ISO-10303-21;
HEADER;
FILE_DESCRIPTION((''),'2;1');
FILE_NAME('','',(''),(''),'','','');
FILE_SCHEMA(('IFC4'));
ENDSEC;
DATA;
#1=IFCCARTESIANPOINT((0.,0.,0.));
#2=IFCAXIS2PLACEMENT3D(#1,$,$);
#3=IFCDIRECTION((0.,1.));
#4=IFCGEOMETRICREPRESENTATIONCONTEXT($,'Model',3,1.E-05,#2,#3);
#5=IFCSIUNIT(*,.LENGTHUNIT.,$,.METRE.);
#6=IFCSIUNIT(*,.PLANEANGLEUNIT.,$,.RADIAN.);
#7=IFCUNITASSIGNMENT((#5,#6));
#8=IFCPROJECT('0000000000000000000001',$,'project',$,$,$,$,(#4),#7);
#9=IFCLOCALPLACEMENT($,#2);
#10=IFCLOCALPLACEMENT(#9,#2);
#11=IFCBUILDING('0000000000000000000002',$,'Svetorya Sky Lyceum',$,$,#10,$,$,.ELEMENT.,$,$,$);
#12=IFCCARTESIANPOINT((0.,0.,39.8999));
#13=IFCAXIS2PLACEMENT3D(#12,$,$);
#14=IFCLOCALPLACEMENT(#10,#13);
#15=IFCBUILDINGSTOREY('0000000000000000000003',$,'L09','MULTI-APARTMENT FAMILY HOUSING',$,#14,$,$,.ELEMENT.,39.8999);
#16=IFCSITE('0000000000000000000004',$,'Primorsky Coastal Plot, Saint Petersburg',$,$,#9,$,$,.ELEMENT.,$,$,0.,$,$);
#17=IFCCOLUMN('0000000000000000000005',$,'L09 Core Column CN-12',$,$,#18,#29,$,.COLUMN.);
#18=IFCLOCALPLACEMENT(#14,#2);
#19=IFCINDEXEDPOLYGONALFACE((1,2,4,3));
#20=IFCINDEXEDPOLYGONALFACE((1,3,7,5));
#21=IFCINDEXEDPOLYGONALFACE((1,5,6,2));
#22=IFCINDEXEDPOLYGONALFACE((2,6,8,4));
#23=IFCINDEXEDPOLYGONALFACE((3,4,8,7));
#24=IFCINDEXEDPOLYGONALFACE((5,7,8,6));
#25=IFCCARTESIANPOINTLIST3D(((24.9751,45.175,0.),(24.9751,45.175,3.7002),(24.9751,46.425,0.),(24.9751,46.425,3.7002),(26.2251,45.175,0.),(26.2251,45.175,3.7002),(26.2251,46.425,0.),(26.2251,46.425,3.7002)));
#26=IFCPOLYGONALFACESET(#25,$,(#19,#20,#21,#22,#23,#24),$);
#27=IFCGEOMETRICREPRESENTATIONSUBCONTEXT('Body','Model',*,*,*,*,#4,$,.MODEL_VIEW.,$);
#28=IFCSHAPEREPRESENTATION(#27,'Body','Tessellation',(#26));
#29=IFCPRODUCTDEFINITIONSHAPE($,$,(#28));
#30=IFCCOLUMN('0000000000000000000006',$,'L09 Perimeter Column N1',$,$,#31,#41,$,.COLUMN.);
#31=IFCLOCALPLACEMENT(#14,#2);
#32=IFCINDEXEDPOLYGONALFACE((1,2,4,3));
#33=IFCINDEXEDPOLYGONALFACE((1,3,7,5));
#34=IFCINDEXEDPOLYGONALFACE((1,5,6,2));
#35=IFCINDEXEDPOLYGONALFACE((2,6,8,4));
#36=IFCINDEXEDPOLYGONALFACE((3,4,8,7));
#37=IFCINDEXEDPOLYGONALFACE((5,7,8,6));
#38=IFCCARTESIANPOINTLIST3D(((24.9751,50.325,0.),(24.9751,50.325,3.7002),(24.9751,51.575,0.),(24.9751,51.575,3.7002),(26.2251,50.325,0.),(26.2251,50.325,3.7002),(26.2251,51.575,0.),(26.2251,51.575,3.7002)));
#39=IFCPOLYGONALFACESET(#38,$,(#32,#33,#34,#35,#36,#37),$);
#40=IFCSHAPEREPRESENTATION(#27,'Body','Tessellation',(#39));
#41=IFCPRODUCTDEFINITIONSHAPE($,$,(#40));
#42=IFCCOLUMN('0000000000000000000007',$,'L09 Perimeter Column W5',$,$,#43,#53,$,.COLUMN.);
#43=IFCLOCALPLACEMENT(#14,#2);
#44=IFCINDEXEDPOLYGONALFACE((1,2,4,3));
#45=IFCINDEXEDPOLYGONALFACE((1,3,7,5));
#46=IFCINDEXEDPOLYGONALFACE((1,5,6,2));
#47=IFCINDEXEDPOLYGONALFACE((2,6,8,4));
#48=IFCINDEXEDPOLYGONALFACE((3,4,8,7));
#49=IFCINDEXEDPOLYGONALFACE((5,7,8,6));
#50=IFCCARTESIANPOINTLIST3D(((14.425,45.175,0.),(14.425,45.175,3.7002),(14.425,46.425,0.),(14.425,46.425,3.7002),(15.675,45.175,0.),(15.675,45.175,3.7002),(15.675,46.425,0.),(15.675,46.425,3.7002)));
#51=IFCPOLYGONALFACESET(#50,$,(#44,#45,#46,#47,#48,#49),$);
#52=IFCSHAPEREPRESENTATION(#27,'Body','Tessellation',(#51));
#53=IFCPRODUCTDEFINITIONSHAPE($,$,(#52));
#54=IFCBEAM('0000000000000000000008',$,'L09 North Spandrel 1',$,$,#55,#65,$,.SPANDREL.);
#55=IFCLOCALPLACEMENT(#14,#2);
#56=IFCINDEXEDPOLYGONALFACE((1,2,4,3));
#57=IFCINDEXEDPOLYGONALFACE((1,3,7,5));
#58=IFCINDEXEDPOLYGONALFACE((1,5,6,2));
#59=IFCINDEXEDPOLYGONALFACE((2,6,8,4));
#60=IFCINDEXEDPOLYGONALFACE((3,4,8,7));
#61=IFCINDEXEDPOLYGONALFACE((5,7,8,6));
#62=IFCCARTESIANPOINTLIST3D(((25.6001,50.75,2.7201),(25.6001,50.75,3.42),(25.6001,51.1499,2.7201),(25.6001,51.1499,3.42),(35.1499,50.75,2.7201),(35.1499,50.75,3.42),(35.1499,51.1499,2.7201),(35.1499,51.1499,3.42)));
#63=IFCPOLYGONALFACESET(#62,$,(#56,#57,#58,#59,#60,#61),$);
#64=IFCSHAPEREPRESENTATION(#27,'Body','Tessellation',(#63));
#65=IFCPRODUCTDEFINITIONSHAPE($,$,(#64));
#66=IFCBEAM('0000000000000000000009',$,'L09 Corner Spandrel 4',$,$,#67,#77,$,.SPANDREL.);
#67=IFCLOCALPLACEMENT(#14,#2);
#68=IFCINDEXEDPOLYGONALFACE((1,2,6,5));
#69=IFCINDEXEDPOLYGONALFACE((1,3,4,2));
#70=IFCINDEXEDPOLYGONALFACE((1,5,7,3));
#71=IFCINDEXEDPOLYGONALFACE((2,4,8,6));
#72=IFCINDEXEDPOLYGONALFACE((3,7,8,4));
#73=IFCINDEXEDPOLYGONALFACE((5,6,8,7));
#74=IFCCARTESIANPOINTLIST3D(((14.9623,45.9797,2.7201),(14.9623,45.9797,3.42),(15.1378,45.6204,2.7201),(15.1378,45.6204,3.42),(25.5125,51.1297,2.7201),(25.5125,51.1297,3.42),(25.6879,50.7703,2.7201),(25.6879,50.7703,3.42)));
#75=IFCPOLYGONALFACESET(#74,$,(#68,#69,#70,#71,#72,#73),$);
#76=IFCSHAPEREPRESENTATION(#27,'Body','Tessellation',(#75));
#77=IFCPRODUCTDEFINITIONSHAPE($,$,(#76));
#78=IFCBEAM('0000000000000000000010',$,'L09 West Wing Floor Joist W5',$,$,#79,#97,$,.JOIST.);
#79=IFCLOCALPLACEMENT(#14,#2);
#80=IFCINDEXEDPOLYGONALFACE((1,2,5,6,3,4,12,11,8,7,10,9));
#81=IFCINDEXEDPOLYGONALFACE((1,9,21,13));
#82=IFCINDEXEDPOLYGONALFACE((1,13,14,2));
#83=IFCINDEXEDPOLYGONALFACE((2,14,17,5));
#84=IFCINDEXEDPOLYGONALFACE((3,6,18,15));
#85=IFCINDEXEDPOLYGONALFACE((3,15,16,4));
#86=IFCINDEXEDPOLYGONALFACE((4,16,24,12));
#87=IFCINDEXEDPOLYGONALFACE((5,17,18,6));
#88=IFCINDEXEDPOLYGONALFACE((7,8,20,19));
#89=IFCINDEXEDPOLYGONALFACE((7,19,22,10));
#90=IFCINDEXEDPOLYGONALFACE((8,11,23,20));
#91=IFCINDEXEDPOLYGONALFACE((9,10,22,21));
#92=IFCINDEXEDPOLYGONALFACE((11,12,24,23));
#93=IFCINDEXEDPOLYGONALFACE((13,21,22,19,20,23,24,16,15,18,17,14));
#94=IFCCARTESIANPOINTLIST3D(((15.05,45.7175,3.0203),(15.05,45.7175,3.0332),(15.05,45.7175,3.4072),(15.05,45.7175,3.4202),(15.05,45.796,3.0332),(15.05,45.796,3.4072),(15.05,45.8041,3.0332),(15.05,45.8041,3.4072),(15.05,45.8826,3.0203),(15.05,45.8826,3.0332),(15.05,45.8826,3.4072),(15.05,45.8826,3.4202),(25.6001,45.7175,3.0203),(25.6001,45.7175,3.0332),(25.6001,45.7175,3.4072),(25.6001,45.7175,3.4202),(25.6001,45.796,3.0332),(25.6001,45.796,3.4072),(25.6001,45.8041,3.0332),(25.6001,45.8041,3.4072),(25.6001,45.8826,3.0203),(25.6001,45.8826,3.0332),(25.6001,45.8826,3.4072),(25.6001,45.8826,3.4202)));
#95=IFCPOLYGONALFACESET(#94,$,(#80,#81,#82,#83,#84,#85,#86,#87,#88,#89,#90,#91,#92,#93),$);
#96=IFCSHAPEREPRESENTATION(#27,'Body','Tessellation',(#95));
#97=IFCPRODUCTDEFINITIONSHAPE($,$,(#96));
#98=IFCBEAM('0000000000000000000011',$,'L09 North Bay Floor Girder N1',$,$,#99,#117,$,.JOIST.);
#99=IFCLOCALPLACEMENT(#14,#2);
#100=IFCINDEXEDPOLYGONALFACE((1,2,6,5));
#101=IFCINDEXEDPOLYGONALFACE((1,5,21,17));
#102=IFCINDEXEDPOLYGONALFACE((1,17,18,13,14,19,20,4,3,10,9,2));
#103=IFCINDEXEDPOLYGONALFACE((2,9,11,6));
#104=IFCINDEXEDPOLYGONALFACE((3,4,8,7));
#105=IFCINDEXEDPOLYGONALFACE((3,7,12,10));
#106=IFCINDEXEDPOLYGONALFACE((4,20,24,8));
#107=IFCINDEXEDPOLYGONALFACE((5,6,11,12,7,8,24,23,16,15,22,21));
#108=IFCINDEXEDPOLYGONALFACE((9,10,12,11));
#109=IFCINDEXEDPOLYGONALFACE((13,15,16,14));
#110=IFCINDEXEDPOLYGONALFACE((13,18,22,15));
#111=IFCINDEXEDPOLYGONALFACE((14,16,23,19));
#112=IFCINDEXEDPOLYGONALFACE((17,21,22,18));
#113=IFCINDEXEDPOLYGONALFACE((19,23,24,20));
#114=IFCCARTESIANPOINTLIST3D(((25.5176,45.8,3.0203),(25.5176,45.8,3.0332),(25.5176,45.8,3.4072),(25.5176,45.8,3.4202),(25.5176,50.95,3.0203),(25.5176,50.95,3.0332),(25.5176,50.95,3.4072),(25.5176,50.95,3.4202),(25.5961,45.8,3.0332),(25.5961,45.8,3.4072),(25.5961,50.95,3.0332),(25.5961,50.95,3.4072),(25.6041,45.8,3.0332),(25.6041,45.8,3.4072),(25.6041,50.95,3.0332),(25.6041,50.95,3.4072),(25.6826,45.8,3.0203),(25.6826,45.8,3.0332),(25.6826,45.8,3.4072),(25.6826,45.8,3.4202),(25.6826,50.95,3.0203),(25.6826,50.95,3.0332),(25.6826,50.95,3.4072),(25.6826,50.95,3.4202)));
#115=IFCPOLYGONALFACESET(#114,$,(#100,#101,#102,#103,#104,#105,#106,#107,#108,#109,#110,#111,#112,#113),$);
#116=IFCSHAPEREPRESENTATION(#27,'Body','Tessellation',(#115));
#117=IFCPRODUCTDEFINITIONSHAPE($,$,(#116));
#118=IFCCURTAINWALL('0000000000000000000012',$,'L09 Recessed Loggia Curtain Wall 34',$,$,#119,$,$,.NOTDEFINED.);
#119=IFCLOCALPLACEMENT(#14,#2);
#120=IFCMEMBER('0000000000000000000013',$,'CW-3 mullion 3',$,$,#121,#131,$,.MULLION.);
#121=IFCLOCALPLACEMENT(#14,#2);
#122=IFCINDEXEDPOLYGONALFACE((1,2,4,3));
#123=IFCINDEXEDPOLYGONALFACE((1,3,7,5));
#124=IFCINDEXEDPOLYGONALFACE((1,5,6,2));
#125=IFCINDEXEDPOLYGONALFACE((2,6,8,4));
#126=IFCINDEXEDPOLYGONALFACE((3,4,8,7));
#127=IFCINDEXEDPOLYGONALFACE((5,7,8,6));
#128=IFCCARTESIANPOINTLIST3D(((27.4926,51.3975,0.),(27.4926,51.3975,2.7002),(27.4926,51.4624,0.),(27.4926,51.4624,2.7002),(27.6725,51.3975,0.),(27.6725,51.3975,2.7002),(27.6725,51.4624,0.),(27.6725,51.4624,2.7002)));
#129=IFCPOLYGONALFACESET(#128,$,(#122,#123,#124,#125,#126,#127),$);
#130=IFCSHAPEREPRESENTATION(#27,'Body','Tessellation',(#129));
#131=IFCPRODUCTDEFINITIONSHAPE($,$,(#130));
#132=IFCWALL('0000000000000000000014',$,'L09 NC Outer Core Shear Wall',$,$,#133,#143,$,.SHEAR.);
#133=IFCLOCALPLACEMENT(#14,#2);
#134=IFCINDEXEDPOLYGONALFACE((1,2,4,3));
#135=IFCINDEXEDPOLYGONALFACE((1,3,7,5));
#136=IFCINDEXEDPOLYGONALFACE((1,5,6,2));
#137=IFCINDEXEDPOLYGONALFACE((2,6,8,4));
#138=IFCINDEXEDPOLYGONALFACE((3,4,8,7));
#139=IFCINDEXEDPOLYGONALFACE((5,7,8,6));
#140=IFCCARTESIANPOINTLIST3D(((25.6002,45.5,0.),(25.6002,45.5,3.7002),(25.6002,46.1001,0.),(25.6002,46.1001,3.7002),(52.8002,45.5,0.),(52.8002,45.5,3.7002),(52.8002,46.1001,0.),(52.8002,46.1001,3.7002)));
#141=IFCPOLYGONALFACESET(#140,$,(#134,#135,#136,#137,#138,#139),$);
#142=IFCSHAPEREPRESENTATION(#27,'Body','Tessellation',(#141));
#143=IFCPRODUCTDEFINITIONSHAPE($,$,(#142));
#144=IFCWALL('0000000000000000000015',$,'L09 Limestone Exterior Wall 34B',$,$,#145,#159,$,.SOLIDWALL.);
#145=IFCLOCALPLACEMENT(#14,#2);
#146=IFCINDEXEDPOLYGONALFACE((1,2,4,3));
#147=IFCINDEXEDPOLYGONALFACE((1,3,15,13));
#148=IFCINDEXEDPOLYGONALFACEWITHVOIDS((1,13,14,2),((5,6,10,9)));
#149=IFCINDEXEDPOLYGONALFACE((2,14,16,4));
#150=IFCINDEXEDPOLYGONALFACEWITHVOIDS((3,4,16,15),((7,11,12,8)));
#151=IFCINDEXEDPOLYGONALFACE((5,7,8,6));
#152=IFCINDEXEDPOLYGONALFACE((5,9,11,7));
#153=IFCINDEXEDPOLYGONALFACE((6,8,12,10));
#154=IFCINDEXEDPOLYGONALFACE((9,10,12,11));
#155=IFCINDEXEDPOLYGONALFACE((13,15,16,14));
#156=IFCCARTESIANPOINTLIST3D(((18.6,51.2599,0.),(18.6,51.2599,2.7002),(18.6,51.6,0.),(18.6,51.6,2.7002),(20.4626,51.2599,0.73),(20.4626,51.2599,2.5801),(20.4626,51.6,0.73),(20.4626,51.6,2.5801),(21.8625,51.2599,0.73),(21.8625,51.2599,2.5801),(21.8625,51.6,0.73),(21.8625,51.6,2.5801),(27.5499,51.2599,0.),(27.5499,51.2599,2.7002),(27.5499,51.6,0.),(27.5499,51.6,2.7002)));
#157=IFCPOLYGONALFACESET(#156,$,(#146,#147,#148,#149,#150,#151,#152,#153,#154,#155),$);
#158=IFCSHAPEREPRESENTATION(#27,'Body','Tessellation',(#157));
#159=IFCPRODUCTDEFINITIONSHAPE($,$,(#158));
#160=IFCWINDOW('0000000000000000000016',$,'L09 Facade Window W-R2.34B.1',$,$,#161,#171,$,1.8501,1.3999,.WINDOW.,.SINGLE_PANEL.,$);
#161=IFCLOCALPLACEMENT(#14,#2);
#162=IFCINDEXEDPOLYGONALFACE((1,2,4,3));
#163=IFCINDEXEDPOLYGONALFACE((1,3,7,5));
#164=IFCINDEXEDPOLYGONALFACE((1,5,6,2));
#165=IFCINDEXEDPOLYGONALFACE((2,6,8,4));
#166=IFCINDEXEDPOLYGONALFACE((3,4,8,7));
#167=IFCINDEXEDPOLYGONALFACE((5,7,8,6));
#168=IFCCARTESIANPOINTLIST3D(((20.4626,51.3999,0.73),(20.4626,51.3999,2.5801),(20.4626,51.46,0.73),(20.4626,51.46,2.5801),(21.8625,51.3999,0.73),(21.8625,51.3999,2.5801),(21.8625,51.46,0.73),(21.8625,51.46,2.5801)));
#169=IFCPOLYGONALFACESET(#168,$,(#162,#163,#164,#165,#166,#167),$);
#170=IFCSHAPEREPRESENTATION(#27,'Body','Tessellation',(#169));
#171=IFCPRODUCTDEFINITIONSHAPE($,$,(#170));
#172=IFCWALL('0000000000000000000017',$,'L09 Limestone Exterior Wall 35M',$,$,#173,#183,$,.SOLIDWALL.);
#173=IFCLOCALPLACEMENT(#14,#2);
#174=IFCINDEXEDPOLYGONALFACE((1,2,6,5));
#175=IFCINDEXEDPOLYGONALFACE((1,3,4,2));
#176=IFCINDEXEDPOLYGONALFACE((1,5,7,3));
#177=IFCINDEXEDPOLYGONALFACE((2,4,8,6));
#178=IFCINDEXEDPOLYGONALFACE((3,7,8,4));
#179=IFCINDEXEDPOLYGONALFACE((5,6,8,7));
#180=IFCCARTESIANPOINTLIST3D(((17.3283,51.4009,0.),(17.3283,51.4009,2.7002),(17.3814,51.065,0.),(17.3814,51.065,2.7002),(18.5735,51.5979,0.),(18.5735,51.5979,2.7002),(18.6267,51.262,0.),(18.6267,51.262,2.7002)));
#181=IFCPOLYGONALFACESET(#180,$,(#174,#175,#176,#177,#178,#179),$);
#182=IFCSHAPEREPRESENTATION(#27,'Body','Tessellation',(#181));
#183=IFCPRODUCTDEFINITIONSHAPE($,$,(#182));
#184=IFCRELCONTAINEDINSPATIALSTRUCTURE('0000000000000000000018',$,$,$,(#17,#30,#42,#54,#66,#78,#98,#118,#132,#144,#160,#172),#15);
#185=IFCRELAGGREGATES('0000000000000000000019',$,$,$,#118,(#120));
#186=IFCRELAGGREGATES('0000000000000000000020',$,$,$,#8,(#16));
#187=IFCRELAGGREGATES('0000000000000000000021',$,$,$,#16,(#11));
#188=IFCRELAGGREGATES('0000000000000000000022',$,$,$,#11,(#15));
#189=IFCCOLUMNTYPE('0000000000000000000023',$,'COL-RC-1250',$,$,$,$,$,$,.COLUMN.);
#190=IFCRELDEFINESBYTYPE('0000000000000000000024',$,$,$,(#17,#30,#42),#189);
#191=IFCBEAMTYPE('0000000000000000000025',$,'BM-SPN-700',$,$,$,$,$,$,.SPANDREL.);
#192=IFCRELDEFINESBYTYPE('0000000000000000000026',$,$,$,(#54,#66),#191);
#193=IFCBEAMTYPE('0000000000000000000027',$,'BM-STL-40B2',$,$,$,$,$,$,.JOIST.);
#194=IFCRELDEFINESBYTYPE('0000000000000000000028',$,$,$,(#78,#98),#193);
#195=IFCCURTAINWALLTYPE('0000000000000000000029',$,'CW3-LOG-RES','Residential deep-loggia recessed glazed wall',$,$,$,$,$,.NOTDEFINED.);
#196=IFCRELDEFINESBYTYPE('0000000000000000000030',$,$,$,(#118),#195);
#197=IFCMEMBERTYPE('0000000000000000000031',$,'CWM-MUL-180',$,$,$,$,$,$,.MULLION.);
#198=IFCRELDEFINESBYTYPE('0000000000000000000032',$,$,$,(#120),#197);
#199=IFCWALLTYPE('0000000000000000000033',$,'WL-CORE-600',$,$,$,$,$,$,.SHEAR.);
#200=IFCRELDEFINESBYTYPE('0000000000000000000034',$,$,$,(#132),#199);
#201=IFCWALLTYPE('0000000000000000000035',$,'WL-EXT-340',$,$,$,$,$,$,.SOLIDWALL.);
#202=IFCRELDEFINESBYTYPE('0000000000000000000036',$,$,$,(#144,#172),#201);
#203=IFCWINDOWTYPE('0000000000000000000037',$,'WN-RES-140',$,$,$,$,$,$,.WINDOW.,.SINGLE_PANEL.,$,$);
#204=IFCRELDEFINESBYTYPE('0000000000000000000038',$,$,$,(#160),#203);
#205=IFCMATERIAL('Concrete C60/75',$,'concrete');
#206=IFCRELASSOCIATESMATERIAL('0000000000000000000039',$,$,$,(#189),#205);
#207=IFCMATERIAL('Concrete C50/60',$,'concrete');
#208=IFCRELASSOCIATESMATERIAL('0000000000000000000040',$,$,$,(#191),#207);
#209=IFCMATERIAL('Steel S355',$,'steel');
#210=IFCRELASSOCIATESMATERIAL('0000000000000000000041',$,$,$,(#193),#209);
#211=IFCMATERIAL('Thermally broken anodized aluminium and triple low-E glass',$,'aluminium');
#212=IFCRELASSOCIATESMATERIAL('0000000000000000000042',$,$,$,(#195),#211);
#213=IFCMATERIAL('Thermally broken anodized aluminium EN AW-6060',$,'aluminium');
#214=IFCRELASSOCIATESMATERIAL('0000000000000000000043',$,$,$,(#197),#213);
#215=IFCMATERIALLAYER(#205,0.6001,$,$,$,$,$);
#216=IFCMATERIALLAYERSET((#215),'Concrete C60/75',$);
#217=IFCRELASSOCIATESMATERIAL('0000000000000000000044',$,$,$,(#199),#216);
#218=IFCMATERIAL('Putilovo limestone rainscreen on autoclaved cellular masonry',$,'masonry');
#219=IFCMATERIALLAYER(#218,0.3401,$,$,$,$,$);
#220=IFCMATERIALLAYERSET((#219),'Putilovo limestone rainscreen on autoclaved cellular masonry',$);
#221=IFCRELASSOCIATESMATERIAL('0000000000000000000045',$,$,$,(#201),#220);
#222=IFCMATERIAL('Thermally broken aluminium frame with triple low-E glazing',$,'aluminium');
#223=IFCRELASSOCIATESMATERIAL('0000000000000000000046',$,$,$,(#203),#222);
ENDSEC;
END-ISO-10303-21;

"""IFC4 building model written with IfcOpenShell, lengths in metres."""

from ifc_helpers import new_model, si_unit, direction, frame, frame_2d, origin, origin_2d, place, context, subcontext, project, spatial, rectangle, i_section, extrude, material, layer, layer_set, material_profile, profile_set, type_object, element, fill, aggregate, save


model = new_model("IFC4")

# Units and contexts
model_context = context("Model", 3, precision=1e-05, world=origin(), true_north=direction((0.0, 1.0)))
body_context = subcontext(model_context, "Body", "Model", "MODEL_VIEW")
ifc_project = project(units=[si_unit("LENGTHUNIT", "METRE"), si_unit("PLANEANGLEUNIT", "RADIAN")], contexts=[model_context])

# Site, building, storey
site_placement = place(None, origin())
site = spatial("IfcSite", under=ifc_project, at=site_placement, Name="Primorsky Coastal Plot, Saint Petersburg", CompositionType="ELEMENT", RefElevation=0.0)
building_placement = place(site_placement, origin())
building = spatial("IfcBuilding", under=site, at=building_placement, Name="Svetorya Sky Lyceum", CompositionType="ELEMENT")
storey_placement = place(building_placement, frame((0.0, 0.0, 39.8999)))
storey = spatial("IfcBuildingStorey", under=building, at=storey_placement, Name="L09", Description="MULTI-APARTMENT FAMILY HOUSING", CompositionType="ELEMENT", Elevation=39.8999)

# Columns
ifc_material_1 = material(Name="Concrete C60/75", Category="concrete")
ifc_material_profile_1 = material_profile(ifc_material_1, rectangle(XDim=1.25, YDim=1.25, at=origin_2d()), Name="RC COL 1250x1250")
ifc_profile_set_1 = profile_set([ifc_material_profile_1], Name="Concrete C60/75")
column_type = type_object("IfcColumnType", Name="COL-RC-1250", PredefinedType="COLUMN", material=ifc_profile_set_1)
for number, where, z_axis, x_axis, name in (
    (1, (25.6001, 45.8, 0.0), (0.0, 0.0, 1.0), (1.0, 0.0, 0.0), "L09 Core Column CN-12"),
    (2, (25.6001, 50.95, 0.0), (0.0, 0.0, 1.0), (1.0, 0.0, 0.0), "L09 Perimeter Column N1"),
    (3, (15.05, 45.8, 0.0), (0.0, 0.0, 1.0), (1.0, 0.0, 0.0), "L09 Perimeter Column W5"),
):
    element("IfcColumn", number, at=place(storey_placement, frame(where, z_axis=z_axis, x_axis=x_axis)), inside=storey, type_object=column_type, Name=name, PredefinedType="COLUMN", context=body_context, shape_type="SweptSolid", body=[
        extrude(rectangle(XDim=1.25, YDim=1.25, at=origin_2d()), origin(), (0.0, 0.0, 1.0), 3.7002),
    ])

# Beams
ifc_material_2 = material(Name="Concrete C50/60", Category="concrete")
ifc_material_profile_2 = material_profile(ifc_material_2, rectangle(XDim=0.3999, YDim=0.7, at=origin_2d()), Name="RC SPANDREL 400x700")
ifc_profile_set_2 = profile_set([ifc_material_profile_2], Name="Concrete C50/60")
beam_type_1 = type_object("IfcBeamType", Name="BM-SPN-700", PredefinedType="SPANDREL", material=ifc_profile_set_2)
beam_1_placement = place(storey_placement, frame((25.6001, 50.95, 3.0701), z_axis=(1.0, 0.0, 0.0), x_axis=(0.0, 1.0, 0.0)))
element("IfcBeam", 4, at=beam_1_placement, inside=storey, type_object=beam_type_1, Name="L09 North Spandrel 1", PredefinedType="SPANDREL", context=body_context, shape_type="SweptSolid", body=[
    extrude(rectangle(XDim=0.3999, YDim=0.7, at=origin_2d()), origin(), (0.0, 0.0, 1.0), 9.5498),
])
beam_2_placement = place(storey_placement, frame((15.05, 45.8, 3.0701), z_axis=(0.89865, 0.438667, 0.0), x_axis=(-0.438667, 0.89865, 0.0)))
element("IfcBeam", 5, at=beam_2_placement, inside=storey, type_object=beam_type_1, Name="L09 Corner Spandrel 4", PredefinedType="SPANDREL", context=body_context, shape_type="SweptSolid", body=[
    extrude(rectangle(XDim=0.3999, YDim=0.7, at=origin_2d()), origin(), (0.0, 0.0, 1.0), 11.74),
])
ifc_material_3 = material(Name="Steel S355", Category="steel")
ifc_material_profile_3 = material_profile(ifc_material_3, i_section(OverallWidth=0.165, OverallDepth=0.3999, WebThickness=0.0081, FlangeThickness=0.0129, at=origin_2d()), Name="GOST 40B2")
ifc_profile_set_3 = profile_set([ifc_material_profile_3], Name="Steel S355")
beam_type_2 = type_object("IfcBeamType", Name="BM-STL-40B2", PredefinedType="JOIST", material=ifc_profile_set_3)
beam_3_placement = place(storey_placement, frame((15.05, 45.8, 3.2202), z_axis=(1.0, 0.0, 0.0), x_axis=(0.0, 1.0, 0.0)))
element("IfcBeam", 6, at=beam_3_placement, inside=storey, type_object=beam_type_2, Name="L09 West Wing Floor Joist W5", PredefinedType="JOIST", context=body_context, shape_type="SweptSolid", body=[
    extrude(i_section(OverallWidth=0.165, OverallDepth=0.3999, WebThickness=0.0081, FlangeThickness=0.0129, at=origin_2d()), origin(), (0.0, 0.0, 1.0), 10.55),
])
beam_4_placement = place(storey_placement, frame((25.6001, 45.8, 3.2202), z_axis=(0.0, 1.0, 0.0), x_axis=(-1.0, 0.0, 0.0)))
element("IfcBeam", 7, at=beam_4_placement, inside=storey, type_object=beam_type_2, Name="L09 North Bay Floor Girder N1", PredefinedType="JOIST", context=body_context, shape_type="SweptSolid", body=[
    extrude(i_section(OverallWidth=0.165, OverallDepth=0.3999, WebThickness=0.0081, FlangeThickness=0.0129, at=origin_2d()), origin(), (0.0, 0.0, 1.0), 5.1499),
])

# Curtain wall, member
ifc_material_4 = material(Name="Thermally broken anodized aluminium and triple low-E glass", Category="aluminium")
curtain_wall_type = type_object("IfcCurtainWallType", Name="CW3-LOG-RES", Description="Residential deep-loggia recessed glazed wall", PredefinedType="NOTDEFINED", material=ifc_material_4)
curtain_wall_placement = place(storey_placement, origin())
curtain_wall = element("IfcCurtainWall", 8, at=curtain_wall_placement, inside=storey, type_object=curtain_wall_type, Name="L09 Recessed Loggia Curtain Wall 34", PredefinedType="NOTDEFINED")
ifc_material_5 = material(Name="Thermally broken anodized aluminium EN AW-6060", Category="aluminium")
ifc_material_profile_4 = material_profile(ifc_material_5, rectangle(XDim=0.0649, YDim=0.1799, at=origin_2d()), Name="ALU MULLION 65x180")
ifc_profile_set_4 = profile_set([ifc_material_profile_4], Name="Thermally broken anodized aluminium EN AW-6060")
member_type = type_object("IfcMemberType", Name="CWM-MUL-180", PredefinedType="MULLION", material=ifc_profile_set_4)
member_placement = place(storey_placement, frame((27.5825, 51.4299, 0.0), z_axis=(0.0, 0.0, 1.0), x_axis=(0.0, -1.0, 0.0)))
member = element("IfcMember", 9, at=member_placement, type_object=member_type, Name="CW-3 mullion 3", PredefinedType="MULLION", context=body_context, shape_type="SweptSolid", body=[
    extrude(rectangle(XDim=0.0649, YDim=0.1799, at=origin_2d()), origin(), (0.0, 0.0, 1.0), 2.7002),
])
aggregate(curtain_wall, [member])

# Wall
ifc_layer_1 = layer(ifc_material_1, 0.6001)
ifc_layer_set_1 = layer_set([ifc_layer_1], Name="Concrete C60/75")
wall_type_1 = type_object("IfcWallType", Name="WL-CORE-600", PredefinedType="SHEAR", material=ifc_layer_set_1)
wall_1_placement = place(storey_placement, frame((25.6001, 45.8, 0.0), z_axis=(0.0, 0.0, 1.0), x_axis=(1.0, 0.0, 0.0)))
element("IfcWall", 10, at=wall_1_placement, inside=storey, type_object=wall_type_1, Name="L09 NC Outer Core Shear Wall", PredefinedType="SHEAR", context=body_context, shape_type="SweptSolid", body=[
    extrude(rectangle(XDim=27.2, YDim=0.6001, at=frame_2d((13.6001, 0.0))), origin(), (0.0, 0.0, 1.0), 3.7002),
])

# Wall, opening, window
ifc_material_6 = material(Name="Putilovo limestone rainscreen on autoclaved cellular masonry", Category="masonry")
ifc_layer_2 = layer(ifc_material_6, 0.3401)
ifc_layer_set_2 = layer_set([ifc_layer_2], Name="Putilovo limestone rainscreen on autoclaved cellular masonry")
wall_type_2 = type_object("IfcWallType", Name="WL-EXT-340", PredefinedType="SOLIDWALL", material=ifc_layer_set_2)
wall_2_placement = place(storey_placement, frame((27.55, 51.4299, 0.0), z_axis=(0.0, 0.0, 1.0), x_axis=(-1.0, 0.0, 0.0)))
wall_2 = element("IfcWall", 11, at=wall_2_placement, inside=storey, type_object=wall_type_2, Name="L09 Limestone Exterior Wall 34B", PredefinedType="SOLIDWALL", context=body_context, shape_type="SweptSolid", body=[
    extrude(rectangle(XDim=8.95, YDim=0.3401, at=frame_2d((4.4751, 0.0))), origin(), (0.0, 0.0, 1.0), 2.7002),
])
opening_1_placement = place(wall_2_placement, frame((5.6875, 0.0, 0.73)))
opening_1 = element("IfcOpeningElement", 12, at=opening_1_placement, cuts=wall_2, PredefinedType="OPENING", context=body_context, shape_type="SweptSolid", body=[
    extrude(rectangle(XDim=1.3999, YDim=1.8501, at=frame_2d((0.7, 0.925))), frame((0.0, 0.1799, 0.0), z_axis=(0.0, -1.0, 0.0), x_axis=(1.0, 0.0, 0.0)), (0.0, 0.0, 1.0), 0.3601),
])
ifc_material_7 = material(Name="Thermally broken aluminium frame with triple low-E glazing", Category="aluminium")
window_type_1 = type_object("IfcWindowType", Name="WN-RES-140", PartitioningType="SINGLE_PANEL", PredefinedType="WINDOW", material=ifc_material_7)
window_1_placement = place(opening_1_placement, origin())
window_1 = element("IfcWindow", 13, at=window_1_placement, inside=storey, type_object=window_type_1, Name="L09 Facade Window W-R2.34B.1", OverallHeight=1.8501, OverallWidth=1.3999, PartitioningType="SINGLE_PANEL", PredefinedType="WINDOW", context=body_context, shape_type="SweptSolid", body=[
    extrude(rectangle(XDim=1.3999, YDim=1.8501, at=frame_2d((0.7, 0.925))), frame((0.0, 0.03, 0.0), z_axis=(0.0, -1.0, 0.0), x_axis=(1.0, 0.0, 0.0)), (0.0, 0.0, 1.0), 0.0601),
])
fill(opening_1, window_1)

# Wall
wall_3_placement = place(storey_placement, frame((18.6001, 51.4299, 0.0), z_axis=(0.0, 0.0, 1.0), x_axis=(-0.987716, -0.156261, 0.0)))
element("IfcWall", 14, at=wall_3_placement, inside=storey, type_object=wall_type_2, Name="L09 Limestone Exterior Wall 35M", PredefinedType="SOLIDWALL", context=body_context, shape_type="SweptSolid", body=[
    extrude(rectangle(XDim=1.2607, YDim=0.3401, at=frame_2d((0.6304, 0.0))), origin(), (0.0, 0.0, 1.0), 2.7002),
])

save(model, "model.ifc")
